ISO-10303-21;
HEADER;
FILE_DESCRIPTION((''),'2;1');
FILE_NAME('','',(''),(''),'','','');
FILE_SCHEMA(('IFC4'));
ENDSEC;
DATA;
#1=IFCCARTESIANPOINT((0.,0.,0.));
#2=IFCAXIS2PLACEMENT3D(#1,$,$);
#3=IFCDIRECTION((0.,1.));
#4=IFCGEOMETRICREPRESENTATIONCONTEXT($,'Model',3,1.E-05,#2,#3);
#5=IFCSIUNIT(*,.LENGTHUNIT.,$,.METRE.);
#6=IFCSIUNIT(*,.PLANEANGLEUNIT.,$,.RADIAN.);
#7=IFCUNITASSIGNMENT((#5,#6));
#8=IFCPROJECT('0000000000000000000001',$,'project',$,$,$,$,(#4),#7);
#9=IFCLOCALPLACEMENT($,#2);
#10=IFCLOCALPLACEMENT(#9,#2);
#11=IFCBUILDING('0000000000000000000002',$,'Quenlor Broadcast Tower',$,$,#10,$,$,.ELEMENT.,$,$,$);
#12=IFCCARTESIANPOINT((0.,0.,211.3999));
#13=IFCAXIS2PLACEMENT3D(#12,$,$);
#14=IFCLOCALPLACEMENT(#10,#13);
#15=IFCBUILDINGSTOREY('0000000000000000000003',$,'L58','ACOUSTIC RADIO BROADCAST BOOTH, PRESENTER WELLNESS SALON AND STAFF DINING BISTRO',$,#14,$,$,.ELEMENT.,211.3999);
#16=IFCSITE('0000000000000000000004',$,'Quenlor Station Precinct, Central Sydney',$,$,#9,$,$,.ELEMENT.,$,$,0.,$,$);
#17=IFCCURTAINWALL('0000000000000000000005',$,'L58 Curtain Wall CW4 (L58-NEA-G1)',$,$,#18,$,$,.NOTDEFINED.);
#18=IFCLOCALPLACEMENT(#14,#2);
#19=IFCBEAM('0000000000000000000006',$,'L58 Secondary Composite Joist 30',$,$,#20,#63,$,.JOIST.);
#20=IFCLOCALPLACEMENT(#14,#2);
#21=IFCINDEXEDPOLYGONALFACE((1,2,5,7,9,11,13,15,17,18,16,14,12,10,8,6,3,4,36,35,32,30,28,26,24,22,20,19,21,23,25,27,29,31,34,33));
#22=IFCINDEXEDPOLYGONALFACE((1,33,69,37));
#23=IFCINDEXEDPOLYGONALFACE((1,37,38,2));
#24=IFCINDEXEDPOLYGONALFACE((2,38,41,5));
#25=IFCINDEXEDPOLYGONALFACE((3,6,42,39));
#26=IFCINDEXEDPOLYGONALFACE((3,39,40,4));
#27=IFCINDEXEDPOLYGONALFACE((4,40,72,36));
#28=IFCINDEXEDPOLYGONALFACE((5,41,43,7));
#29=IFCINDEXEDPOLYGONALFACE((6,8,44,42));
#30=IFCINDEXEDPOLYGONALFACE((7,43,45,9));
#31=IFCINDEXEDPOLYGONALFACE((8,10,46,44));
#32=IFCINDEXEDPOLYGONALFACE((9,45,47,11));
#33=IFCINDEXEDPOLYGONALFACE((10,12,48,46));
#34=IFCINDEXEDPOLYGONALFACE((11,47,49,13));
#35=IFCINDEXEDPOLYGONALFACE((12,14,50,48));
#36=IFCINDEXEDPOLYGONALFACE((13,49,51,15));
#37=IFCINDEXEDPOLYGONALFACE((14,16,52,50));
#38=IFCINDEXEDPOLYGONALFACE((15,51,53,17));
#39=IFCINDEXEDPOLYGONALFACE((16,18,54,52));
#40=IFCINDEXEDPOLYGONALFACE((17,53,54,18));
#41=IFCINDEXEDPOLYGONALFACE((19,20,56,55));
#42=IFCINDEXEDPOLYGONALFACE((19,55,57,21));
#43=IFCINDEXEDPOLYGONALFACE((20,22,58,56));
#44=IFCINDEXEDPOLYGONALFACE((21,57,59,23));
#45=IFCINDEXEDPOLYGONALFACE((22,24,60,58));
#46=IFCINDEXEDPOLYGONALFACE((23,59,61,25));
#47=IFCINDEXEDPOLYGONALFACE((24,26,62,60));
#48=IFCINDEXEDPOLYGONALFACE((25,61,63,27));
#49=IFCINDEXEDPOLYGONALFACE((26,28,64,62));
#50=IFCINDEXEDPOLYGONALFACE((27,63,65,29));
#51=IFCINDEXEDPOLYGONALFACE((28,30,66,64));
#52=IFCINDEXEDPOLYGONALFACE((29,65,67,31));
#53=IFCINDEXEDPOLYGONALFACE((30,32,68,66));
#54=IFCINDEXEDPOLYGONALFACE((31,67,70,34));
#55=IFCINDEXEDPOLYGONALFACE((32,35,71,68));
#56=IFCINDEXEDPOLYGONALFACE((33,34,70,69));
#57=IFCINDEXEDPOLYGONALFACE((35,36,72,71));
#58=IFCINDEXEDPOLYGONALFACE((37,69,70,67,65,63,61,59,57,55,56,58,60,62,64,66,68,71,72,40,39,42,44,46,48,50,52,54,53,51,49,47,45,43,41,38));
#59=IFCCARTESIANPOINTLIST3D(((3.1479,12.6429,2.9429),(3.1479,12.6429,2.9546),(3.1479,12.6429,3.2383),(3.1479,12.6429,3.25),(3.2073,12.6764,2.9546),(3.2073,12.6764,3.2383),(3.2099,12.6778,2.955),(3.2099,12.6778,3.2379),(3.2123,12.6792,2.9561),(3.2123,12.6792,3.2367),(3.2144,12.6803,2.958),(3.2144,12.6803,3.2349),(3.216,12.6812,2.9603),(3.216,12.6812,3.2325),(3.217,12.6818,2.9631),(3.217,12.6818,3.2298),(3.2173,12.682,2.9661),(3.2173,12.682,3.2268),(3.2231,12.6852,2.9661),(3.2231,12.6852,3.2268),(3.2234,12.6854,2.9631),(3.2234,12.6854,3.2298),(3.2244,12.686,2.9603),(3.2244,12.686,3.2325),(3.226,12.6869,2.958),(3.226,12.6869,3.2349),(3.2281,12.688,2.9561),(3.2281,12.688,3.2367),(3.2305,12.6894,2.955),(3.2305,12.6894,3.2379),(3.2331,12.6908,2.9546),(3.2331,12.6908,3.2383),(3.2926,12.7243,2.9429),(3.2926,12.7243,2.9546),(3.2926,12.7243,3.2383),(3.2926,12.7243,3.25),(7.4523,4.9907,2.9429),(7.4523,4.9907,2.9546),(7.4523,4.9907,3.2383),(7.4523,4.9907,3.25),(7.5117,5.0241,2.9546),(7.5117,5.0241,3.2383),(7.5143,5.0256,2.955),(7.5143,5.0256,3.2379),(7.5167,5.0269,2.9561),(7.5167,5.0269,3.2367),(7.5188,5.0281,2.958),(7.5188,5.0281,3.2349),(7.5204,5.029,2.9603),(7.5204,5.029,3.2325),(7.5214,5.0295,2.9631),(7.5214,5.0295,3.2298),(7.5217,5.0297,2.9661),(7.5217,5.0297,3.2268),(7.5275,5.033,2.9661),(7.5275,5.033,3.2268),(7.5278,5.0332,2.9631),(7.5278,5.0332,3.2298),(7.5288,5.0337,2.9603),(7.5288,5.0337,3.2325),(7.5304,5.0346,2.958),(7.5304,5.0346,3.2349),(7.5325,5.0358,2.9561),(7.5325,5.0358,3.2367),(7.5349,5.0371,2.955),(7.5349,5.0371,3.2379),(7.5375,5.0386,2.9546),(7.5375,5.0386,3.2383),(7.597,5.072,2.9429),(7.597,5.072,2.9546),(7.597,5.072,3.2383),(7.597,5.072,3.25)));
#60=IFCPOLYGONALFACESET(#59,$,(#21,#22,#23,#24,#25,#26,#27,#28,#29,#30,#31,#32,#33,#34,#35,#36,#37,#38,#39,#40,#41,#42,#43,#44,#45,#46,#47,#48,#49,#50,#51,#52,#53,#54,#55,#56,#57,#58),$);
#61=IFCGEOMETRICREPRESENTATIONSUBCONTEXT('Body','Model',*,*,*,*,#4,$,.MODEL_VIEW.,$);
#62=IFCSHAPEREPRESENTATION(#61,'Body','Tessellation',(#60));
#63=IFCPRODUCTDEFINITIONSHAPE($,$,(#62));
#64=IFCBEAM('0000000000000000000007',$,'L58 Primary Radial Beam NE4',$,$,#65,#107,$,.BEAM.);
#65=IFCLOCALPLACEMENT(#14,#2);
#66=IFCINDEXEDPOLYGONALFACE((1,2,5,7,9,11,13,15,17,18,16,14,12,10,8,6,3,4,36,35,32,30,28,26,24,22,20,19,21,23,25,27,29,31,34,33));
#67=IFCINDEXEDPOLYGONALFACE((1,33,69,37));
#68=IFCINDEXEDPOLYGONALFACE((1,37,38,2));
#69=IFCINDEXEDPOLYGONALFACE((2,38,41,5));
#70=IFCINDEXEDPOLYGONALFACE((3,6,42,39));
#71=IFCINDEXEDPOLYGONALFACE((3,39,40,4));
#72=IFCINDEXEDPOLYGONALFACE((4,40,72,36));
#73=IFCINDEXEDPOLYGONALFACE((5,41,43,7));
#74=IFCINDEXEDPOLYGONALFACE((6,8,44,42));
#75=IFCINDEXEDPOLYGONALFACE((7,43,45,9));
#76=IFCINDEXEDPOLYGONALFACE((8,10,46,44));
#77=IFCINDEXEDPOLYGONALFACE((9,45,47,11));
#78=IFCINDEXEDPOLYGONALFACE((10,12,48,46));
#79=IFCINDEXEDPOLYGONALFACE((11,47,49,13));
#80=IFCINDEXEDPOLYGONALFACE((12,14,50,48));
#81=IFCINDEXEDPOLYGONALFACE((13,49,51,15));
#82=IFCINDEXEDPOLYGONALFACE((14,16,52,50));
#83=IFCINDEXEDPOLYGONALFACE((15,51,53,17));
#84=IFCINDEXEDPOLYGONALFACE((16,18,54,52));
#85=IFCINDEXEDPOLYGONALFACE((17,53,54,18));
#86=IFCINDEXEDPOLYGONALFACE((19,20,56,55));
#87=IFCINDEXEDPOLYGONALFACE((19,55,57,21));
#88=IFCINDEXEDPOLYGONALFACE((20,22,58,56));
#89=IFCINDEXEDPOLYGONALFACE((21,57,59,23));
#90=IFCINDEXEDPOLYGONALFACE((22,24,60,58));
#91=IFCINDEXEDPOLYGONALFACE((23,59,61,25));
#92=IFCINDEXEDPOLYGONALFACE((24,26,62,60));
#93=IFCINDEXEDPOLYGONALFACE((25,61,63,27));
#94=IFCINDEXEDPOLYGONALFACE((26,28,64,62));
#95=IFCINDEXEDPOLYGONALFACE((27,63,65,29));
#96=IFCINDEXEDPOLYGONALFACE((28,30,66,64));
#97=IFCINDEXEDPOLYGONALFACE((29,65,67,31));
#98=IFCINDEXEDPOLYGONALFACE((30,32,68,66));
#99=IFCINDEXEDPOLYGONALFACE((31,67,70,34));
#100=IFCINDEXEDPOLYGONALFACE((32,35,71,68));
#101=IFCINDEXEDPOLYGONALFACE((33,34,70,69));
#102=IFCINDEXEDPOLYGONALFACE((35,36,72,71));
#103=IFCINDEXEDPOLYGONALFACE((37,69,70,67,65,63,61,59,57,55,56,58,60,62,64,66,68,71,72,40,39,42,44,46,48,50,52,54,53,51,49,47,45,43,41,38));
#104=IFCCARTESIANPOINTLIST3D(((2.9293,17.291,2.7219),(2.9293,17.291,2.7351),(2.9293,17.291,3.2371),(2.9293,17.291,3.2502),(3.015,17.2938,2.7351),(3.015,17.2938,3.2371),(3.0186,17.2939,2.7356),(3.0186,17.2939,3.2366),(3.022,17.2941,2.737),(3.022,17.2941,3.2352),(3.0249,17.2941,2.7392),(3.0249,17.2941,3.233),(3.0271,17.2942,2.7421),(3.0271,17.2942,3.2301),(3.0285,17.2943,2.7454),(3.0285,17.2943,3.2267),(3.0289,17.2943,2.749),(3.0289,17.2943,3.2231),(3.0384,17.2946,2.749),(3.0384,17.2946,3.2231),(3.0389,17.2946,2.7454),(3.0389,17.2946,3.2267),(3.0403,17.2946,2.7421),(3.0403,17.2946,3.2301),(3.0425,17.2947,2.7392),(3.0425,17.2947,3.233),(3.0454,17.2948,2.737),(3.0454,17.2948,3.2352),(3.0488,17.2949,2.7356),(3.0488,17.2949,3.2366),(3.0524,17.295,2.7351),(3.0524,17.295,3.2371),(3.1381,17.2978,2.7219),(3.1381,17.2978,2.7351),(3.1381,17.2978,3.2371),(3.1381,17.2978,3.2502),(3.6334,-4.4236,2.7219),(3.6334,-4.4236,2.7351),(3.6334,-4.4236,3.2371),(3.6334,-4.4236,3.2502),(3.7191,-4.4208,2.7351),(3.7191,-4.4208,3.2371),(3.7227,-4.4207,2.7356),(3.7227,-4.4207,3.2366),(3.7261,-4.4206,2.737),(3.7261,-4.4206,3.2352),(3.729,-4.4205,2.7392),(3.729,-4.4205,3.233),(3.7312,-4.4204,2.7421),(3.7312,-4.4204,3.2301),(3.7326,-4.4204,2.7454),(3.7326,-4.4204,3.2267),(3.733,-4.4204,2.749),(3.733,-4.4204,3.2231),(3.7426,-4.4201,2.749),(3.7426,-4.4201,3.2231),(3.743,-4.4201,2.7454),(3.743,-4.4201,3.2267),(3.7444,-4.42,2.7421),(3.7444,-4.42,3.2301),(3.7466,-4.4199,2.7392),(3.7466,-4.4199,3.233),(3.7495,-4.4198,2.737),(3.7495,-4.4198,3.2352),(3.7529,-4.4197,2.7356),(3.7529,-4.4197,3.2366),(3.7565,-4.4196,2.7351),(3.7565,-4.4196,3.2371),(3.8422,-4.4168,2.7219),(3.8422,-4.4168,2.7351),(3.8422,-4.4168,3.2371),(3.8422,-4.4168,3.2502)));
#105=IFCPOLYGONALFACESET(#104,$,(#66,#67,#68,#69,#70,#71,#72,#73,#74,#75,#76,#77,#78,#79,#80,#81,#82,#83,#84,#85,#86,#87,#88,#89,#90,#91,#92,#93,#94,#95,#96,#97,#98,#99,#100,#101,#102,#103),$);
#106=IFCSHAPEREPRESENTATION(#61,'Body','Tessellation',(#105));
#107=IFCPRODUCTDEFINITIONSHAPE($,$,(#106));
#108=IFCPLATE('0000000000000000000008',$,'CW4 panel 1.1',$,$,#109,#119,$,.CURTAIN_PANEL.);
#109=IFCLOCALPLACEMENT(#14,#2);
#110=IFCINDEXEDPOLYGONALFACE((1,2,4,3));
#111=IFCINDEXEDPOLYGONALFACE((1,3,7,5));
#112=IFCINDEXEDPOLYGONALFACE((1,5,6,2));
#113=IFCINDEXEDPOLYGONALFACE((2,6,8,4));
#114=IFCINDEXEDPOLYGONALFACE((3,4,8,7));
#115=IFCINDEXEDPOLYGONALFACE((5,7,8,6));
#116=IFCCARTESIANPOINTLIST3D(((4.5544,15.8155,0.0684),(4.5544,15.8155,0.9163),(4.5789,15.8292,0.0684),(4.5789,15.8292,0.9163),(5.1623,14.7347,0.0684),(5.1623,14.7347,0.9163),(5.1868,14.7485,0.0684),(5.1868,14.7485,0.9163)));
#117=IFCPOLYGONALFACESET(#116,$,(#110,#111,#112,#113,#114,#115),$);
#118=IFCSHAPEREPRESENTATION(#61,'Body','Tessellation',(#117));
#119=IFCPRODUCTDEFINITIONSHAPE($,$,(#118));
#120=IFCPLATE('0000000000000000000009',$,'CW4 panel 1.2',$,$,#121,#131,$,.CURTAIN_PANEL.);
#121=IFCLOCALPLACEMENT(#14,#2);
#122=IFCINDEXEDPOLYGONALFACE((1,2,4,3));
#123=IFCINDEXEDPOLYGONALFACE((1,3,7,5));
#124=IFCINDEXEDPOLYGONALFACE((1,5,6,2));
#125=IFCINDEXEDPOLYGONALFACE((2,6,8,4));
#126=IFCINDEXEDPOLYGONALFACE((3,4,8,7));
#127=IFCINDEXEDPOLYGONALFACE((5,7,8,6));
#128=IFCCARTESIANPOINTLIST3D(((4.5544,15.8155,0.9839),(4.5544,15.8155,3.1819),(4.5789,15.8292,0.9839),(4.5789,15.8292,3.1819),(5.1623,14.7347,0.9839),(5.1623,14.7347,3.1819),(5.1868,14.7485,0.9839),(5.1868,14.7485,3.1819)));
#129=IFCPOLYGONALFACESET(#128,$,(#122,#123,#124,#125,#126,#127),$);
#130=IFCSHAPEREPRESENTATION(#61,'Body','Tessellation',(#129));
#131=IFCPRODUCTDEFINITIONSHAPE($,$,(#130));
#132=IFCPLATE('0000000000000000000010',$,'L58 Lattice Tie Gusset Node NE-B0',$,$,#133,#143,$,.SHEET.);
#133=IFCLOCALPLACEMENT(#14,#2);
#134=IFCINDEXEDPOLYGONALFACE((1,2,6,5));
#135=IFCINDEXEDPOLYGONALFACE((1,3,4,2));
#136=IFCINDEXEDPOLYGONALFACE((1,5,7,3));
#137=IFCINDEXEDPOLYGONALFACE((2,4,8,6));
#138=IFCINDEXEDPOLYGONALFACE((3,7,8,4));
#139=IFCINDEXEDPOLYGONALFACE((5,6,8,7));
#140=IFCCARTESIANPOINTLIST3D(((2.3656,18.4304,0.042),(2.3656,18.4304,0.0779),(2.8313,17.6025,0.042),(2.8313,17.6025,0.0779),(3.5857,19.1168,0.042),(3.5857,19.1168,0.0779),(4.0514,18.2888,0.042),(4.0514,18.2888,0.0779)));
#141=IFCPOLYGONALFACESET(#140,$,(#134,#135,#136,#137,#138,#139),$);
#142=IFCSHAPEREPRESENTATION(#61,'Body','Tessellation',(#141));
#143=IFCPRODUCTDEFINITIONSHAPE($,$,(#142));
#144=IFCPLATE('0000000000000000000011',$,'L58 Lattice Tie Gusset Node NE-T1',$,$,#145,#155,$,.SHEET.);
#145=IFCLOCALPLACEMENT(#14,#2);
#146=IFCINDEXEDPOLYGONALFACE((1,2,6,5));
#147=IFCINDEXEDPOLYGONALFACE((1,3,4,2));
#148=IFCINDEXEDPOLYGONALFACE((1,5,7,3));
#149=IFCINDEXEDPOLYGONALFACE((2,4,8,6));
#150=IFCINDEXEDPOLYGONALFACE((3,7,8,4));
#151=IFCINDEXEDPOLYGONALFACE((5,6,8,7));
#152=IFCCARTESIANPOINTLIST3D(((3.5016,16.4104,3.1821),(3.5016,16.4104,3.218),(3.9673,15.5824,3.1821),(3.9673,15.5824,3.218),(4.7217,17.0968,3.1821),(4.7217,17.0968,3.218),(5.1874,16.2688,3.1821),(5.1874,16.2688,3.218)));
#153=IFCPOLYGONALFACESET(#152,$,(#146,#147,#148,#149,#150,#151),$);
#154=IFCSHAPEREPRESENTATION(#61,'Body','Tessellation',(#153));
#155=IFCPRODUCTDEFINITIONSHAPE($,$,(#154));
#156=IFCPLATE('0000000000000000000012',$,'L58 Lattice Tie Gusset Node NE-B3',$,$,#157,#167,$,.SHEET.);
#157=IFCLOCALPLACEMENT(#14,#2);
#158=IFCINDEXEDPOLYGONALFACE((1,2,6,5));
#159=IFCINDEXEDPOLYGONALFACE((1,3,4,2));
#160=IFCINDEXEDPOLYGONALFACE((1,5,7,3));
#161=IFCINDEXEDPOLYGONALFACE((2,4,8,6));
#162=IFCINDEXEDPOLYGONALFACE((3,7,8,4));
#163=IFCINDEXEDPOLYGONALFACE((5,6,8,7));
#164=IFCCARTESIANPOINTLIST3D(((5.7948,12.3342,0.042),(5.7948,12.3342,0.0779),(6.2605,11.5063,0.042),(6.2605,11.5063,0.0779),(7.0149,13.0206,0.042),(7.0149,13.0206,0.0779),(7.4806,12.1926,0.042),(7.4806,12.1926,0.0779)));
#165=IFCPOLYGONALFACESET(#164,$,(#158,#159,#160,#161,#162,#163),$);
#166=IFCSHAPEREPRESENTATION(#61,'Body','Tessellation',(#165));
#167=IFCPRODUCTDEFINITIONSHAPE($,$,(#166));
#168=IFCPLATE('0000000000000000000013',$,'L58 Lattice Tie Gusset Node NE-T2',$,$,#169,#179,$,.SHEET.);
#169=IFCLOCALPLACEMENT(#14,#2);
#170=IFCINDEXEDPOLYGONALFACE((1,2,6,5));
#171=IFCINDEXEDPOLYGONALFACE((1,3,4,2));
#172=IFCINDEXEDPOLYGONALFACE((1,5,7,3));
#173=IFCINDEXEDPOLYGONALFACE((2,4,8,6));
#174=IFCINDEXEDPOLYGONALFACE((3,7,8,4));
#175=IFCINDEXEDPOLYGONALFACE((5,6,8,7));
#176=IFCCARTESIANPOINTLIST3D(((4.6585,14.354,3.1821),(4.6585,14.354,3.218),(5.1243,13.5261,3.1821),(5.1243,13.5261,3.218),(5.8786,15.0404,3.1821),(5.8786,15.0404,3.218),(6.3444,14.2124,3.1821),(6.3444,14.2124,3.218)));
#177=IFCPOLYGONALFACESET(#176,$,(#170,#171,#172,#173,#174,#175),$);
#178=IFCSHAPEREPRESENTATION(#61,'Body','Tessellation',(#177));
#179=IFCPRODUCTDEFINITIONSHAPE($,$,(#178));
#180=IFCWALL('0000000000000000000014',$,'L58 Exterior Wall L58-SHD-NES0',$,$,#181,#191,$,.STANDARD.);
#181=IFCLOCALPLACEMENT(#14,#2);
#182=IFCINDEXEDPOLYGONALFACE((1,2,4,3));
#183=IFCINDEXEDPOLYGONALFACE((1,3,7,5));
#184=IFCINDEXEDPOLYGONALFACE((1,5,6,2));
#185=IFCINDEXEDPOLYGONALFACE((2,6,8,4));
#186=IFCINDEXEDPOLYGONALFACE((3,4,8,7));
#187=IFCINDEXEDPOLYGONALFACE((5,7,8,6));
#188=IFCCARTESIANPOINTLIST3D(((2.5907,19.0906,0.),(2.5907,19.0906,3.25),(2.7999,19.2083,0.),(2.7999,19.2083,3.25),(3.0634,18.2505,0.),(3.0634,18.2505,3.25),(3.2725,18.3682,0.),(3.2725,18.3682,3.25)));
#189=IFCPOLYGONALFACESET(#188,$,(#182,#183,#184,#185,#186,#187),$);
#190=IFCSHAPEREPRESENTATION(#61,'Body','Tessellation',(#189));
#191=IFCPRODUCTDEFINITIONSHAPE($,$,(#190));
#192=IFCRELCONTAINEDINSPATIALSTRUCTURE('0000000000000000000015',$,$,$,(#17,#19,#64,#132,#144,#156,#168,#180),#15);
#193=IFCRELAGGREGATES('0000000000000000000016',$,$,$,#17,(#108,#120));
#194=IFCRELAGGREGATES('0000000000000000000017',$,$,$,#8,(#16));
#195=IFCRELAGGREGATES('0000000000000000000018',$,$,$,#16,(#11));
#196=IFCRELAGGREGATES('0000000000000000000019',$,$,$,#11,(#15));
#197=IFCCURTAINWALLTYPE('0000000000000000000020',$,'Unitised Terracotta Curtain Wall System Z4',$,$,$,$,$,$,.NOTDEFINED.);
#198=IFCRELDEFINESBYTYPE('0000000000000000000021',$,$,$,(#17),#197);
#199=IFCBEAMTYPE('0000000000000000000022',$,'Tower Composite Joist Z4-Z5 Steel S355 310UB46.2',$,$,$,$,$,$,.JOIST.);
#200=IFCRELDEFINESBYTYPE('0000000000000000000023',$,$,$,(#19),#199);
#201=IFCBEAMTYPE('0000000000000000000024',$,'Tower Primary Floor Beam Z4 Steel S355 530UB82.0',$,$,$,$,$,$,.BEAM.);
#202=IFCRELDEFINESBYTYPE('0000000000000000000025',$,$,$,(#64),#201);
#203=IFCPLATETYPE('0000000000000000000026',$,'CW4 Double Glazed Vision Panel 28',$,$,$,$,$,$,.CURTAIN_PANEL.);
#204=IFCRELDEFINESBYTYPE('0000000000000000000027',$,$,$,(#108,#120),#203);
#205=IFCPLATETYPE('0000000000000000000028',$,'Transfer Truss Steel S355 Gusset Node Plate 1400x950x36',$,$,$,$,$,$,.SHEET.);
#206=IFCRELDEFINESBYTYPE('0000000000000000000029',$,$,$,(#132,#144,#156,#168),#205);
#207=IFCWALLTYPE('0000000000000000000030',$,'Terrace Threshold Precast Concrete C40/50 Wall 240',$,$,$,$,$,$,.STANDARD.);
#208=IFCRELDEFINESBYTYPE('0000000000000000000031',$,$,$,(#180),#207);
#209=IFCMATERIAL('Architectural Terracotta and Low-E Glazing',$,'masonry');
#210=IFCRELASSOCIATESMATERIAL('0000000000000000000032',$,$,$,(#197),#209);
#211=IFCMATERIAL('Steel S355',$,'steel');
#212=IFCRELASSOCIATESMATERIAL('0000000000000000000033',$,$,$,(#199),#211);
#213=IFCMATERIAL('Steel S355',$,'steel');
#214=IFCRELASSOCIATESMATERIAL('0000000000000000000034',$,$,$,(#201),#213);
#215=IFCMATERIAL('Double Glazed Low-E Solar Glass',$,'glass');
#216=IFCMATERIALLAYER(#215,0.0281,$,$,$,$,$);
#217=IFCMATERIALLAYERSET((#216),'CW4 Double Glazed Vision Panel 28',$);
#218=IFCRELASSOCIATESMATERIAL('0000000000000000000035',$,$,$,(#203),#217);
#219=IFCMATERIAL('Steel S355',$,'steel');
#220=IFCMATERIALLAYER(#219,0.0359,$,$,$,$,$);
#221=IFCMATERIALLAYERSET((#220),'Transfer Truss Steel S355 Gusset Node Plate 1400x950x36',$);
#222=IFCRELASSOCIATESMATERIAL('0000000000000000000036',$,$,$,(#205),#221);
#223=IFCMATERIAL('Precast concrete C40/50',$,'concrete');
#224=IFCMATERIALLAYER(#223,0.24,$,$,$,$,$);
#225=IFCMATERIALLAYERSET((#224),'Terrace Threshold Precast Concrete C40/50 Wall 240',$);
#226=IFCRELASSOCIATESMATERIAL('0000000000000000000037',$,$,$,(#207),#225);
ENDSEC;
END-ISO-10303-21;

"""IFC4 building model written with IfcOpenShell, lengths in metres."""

from ifc_helpers import new_model, si_unit, direction, frame, frame_2d, origin, origin_2d, place, context, subcontext, project, spatial, rectangle, i_section, extrude, material, layer, layer_set, material_profile, profile_set, type_object, element, aggregate, save


model = new_model("IFC4")

# Units and contexts
model_context = context("Model", 3, precision=1e-05, world=origin(), true_north=direction((0.0, 1.0)))
body_context = subcontext(model_context, "Body", "Model", "MODEL_VIEW")
ifc_project = project(units=[si_unit("LENGTHUNIT", "METRE"), si_unit("PLANEANGLEUNIT", "RADIAN")], contexts=[model_context])

# Site, building, storey
site_placement = place(None, origin())
site = spatial("IfcSite", under=ifc_project, at=site_placement, Name="Quenlor Station Precinct, Central Sydney", CompositionType="ELEMENT", RefElevation=0.0)
building_placement = place(site_placement, origin())
building = spatial("IfcBuilding", under=site, at=building_placement, Name="Quenlor Broadcast Tower", CompositionType="ELEMENT")
storey_placement = place(building_placement, frame((0.0, 0.0, 211.3999)))
storey = spatial("IfcBuildingStorey", under=building, at=storey_placement, Name="L58", Description="ACOUSTIC RADIO BROADCAST BOOTH, PRESENTER WELLNESS SALON AND STAFF DINING BISTRO", CompositionType="ELEMENT", Elevation=211.3999)

# Curtain wall
ifc_material_1 = material(Name="Architectural Terracotta and Low-E Glazing", Category="masonry")
curtain_wall_type = type_object("IfcCurtainWallType", Name="Unitised Terracotta Curtain Wall System Z4", PredefinedType="NOTDEFINED", material=ifc_material_1)
curtain_wall_placement = place(storey_placement, origin())
curtain_wall = element("IfcCurtainWall", 1, at=curtain_wall_placement, inside=storey, type_object=curtain_wall_type, Name="L58 Curtain Wall CW4 (L58-NEA-G1)", PredefinedType="NOTDEFINED")

# Beams
ifc_material_2 = material(Name="Steel S355", Category="steel")
ifc_material_profile_1 = material_profile(ifc_material_2, i_section(OverallWidth=0.166, OverallDepth=0.3071, WebThickness=0.0066, FlangeThickness=0.0117, FilletRadius=0.0115, at=origin_2d()))
ifc_profile_set_1 = profile_set([ifc_material_profile_1], Name="Steel S355 310UB46.2")
beam_type_1 = type_object("IfcBeamType", Name="Tower Composite Joist Z4-Z5 Steel S355 310UB46.2", PredefinedType="JOIST", material=ifc_profile_set_1)
beam_1_placement = place(storey_placement, frame((3.2202, 12.6836, 3.0964), z_axis=(0.490261, -0.871576, 0.0), x_axis=(0.871576, 0.490261, 0.0)))
element("IfcBeam", 2, at=beam_1_placement, inside=storey, type_object=beam_type_1, Name="L58 Secondary Composite Joist 30", PredefinedType="JOIST", context=body_context, shape_type="SweptSolid", body=[
    extrude(i_section(OverallWidth=0.166, OverallDepth=0.3071, WebThickness=0.0066, FlangeThickness=0.0117, FilletRadius=0.0115, at=origin_2d()), origin(), (0.0, 0.0, 1.0), 8.7798),
])
ifc_material_3 = material(Name="Steel S355", Category="steel")
ifc_material_profile_2 = material_profile(ifc_material_3, i_section(OverallWidth=0.209, OverallDepth=0.5283, WebThickness=0.0095, FlangeThickness=0.0132, FilletRadius=0.0139, at=origin_2d()))
ifc_profile_set_2 = profile_set([ifc_material_profile_2], Name="Steel S355 530UB82.0")
beam_type_2 = type_object("IfcBeamType", Name="Tower Primary Floor Beam Z4 Steel S355 530UB82.0", PredefinedType="BEAM", material=ifc_profile_set_2)
beam_2_placement = place(storey_placement, frame((3.0337, 17.2944, 2.9861), z_axis=(0.032408, -0.999475, 0.0), x_axis=(0.999475, 0.032408, 0.0)))
element("IfcBeam", 3, at=beam_2_placement, inside=storey, type_object=beam_type_2, Name="L58 Primary Radial Beam NE4", PredefinedType="BEAM", context=body_context, shape_type="SweptSolid", body=[
    extrude(i_section(OverallWidth=0.209, OverallDepth=0.5283, WebThickness=0.0095, FlangeThickness=0.0132, FilletRadius=0.0139, at=origin_2d()), origin(), (0.0, 0.0, 1.0), 21.7261),
])

# Plates
ifc_material_4 = material(Name="Double Glazed Low-E Solar Glass", Category="glass")
ifc_layer_1 = layer(ifc_material_4, 0.0281)
ifc_layer_set_1 = layer_set([ifc_layer_1], Name="CW4 Double Glazed Vision Panel 28")
plate_type_1 = type_object("IfcPlateType", Name="CW4 Double Glazed Vision Panel 28", PredefinedType="CURTAIN_PANEL", material=ifc_layer_set_1)
plate_1_placement = place(storey_placement, frame((4.8706, 15.282, 0.0684), z_axis=(0.0, 0.0, 1.0), x_axis=(0.490289, -0.87156, 0.0)))
plate_1 = element("IfcPlate", 4, at=plate_1_placement, type_object=plate_type_1, Name="CW4 panel 1.1", PredefinedType="CURTAIN_PANEL", context=body_context, shape_type="SweptSolid", body=[
    extrude(rectangle(XDim=1.24, YDim=0.0281, at=origin_2d()), origin(), (0.0, 0.0, 1.0), 0.8479),
])
plate_2_placement = place(storey_placement, frame((4.8706, 15.282, 0.9839), z_axis=(0.0, 0.0, 1.0), x_axis=(0.490289, -0.87156, 0.0)))
plate_2 = element("IfcPlate", 5, at=plate_2_placement, type_object=plate_type_1, Name="CW4 panel 1.2", PredefinedType="CURTAIN_PANEL", context=body_context, shape_type="SweptSolid", body=[
    extrude(rectangle(XDim=1.24, YDim=0.0281, at=origin_2d()), origin(), (0.0, 0.0, 1.0), 2.198),
])
aggregate(curtain_wall, [plate_1, plate_2])

# Plates
ifc_material_5 = material(Name="Steel S355", Category="steel")
ifc_layer_2 = layer(ifc_material_5, 0.0359)
ifc_layer_set_2 = layer_set([ifc_layer_2], Name="Transfer Truss Steel S355 Gusset Node Plate 1400x950x36")
plate_type_2 = type_object("IfcPlateType", Name="Transfer Truss Steel S355 Gusset Node Plate 1400x950x36", PredefinedType="SHEET", material=ifc_layer_set_2)
for number, where, z_axis, x_axis, name in (
    (6, (3.2085, 18.3596, 0.042), (0.0, 0.0, 1.0), (0.871556, 0.490295, 0.0), "L58 Lattice Tie Gusset Node NE-B0"),
    (7, (4.3445, 16.3396, 3.1821), (0.0, 0.0, 1.0), (0.871556, 0.490295, 0.0), "L58 Lattice Tie Gusset Node NE-T1"),
    (8, (6.6377, 12.2634, 0.042), (0.0, 0.0, 1.0), (0.871556, 0.490295, 0.0), "L58 Lattice Tie Gusset Node NE-B3"),
    (9, (5.5015, 14.2832, 3.1821), (0.0, 0.0, 1.0), (0.871556, 0.490295, 0.0), "L58 Lattice Tie Gusset Node NE-T2"),
):
    element("IfcPlate", number, at=place(storey_placement, frame(where, z_axis=z_axis, x_axis=x_axis)), inside=storey, type_object=plate_type_2, Name=name, PredefinedType="SHEET", context=body_context, shape_type="SweptSolid", body=[
        extrude(rectangle(XDim=1.3999, YDim=0.95, at=origin_2d()), origin(), (0.0, 0.0, 1.0), 0.0359),
    ])

# Wall
ifc_material_6 = material(Name="Precast concrete C40/50", Category="concrete")
ifc_layer_3 = layer(ifc_material_6, 0.24)
ifc_layer_set_3 = layer_set([ifc_layer_3], Name="Terrace Threshold Precast Concrete C40/50 Wall 240")
wall_type_1 = type_object("IfcWallType", Name="Terrace Threshold Precast Concrete C40/50 Wall 240", PredefinedType="STANDARD", material=ifc_layer_set_3)
wall_1_placement = place(storey_placement, frame((2.6953, 19.1494, 0.0), z_axis=(0.0, 0.0, 1.0), x_axis=(0.490345, -0.871528, 0.0)))
element("IfcWall", 10, at=wall_1_placement, inside=storey, type_object=wall_type_1, Name="L58 Exterior Wall L58-SHD-NES0", PredefinedType="STANDARD", context=body_context, shape_type="SweptSolid", body=[
    extrude(rectangle(XDim=0.9639, YDim=0.24, at=frame_2d((0.4819, 0.0))), origin(), (0.0, 0.0, 1.0), 3.25),
])

save(model, "model.ifc")
